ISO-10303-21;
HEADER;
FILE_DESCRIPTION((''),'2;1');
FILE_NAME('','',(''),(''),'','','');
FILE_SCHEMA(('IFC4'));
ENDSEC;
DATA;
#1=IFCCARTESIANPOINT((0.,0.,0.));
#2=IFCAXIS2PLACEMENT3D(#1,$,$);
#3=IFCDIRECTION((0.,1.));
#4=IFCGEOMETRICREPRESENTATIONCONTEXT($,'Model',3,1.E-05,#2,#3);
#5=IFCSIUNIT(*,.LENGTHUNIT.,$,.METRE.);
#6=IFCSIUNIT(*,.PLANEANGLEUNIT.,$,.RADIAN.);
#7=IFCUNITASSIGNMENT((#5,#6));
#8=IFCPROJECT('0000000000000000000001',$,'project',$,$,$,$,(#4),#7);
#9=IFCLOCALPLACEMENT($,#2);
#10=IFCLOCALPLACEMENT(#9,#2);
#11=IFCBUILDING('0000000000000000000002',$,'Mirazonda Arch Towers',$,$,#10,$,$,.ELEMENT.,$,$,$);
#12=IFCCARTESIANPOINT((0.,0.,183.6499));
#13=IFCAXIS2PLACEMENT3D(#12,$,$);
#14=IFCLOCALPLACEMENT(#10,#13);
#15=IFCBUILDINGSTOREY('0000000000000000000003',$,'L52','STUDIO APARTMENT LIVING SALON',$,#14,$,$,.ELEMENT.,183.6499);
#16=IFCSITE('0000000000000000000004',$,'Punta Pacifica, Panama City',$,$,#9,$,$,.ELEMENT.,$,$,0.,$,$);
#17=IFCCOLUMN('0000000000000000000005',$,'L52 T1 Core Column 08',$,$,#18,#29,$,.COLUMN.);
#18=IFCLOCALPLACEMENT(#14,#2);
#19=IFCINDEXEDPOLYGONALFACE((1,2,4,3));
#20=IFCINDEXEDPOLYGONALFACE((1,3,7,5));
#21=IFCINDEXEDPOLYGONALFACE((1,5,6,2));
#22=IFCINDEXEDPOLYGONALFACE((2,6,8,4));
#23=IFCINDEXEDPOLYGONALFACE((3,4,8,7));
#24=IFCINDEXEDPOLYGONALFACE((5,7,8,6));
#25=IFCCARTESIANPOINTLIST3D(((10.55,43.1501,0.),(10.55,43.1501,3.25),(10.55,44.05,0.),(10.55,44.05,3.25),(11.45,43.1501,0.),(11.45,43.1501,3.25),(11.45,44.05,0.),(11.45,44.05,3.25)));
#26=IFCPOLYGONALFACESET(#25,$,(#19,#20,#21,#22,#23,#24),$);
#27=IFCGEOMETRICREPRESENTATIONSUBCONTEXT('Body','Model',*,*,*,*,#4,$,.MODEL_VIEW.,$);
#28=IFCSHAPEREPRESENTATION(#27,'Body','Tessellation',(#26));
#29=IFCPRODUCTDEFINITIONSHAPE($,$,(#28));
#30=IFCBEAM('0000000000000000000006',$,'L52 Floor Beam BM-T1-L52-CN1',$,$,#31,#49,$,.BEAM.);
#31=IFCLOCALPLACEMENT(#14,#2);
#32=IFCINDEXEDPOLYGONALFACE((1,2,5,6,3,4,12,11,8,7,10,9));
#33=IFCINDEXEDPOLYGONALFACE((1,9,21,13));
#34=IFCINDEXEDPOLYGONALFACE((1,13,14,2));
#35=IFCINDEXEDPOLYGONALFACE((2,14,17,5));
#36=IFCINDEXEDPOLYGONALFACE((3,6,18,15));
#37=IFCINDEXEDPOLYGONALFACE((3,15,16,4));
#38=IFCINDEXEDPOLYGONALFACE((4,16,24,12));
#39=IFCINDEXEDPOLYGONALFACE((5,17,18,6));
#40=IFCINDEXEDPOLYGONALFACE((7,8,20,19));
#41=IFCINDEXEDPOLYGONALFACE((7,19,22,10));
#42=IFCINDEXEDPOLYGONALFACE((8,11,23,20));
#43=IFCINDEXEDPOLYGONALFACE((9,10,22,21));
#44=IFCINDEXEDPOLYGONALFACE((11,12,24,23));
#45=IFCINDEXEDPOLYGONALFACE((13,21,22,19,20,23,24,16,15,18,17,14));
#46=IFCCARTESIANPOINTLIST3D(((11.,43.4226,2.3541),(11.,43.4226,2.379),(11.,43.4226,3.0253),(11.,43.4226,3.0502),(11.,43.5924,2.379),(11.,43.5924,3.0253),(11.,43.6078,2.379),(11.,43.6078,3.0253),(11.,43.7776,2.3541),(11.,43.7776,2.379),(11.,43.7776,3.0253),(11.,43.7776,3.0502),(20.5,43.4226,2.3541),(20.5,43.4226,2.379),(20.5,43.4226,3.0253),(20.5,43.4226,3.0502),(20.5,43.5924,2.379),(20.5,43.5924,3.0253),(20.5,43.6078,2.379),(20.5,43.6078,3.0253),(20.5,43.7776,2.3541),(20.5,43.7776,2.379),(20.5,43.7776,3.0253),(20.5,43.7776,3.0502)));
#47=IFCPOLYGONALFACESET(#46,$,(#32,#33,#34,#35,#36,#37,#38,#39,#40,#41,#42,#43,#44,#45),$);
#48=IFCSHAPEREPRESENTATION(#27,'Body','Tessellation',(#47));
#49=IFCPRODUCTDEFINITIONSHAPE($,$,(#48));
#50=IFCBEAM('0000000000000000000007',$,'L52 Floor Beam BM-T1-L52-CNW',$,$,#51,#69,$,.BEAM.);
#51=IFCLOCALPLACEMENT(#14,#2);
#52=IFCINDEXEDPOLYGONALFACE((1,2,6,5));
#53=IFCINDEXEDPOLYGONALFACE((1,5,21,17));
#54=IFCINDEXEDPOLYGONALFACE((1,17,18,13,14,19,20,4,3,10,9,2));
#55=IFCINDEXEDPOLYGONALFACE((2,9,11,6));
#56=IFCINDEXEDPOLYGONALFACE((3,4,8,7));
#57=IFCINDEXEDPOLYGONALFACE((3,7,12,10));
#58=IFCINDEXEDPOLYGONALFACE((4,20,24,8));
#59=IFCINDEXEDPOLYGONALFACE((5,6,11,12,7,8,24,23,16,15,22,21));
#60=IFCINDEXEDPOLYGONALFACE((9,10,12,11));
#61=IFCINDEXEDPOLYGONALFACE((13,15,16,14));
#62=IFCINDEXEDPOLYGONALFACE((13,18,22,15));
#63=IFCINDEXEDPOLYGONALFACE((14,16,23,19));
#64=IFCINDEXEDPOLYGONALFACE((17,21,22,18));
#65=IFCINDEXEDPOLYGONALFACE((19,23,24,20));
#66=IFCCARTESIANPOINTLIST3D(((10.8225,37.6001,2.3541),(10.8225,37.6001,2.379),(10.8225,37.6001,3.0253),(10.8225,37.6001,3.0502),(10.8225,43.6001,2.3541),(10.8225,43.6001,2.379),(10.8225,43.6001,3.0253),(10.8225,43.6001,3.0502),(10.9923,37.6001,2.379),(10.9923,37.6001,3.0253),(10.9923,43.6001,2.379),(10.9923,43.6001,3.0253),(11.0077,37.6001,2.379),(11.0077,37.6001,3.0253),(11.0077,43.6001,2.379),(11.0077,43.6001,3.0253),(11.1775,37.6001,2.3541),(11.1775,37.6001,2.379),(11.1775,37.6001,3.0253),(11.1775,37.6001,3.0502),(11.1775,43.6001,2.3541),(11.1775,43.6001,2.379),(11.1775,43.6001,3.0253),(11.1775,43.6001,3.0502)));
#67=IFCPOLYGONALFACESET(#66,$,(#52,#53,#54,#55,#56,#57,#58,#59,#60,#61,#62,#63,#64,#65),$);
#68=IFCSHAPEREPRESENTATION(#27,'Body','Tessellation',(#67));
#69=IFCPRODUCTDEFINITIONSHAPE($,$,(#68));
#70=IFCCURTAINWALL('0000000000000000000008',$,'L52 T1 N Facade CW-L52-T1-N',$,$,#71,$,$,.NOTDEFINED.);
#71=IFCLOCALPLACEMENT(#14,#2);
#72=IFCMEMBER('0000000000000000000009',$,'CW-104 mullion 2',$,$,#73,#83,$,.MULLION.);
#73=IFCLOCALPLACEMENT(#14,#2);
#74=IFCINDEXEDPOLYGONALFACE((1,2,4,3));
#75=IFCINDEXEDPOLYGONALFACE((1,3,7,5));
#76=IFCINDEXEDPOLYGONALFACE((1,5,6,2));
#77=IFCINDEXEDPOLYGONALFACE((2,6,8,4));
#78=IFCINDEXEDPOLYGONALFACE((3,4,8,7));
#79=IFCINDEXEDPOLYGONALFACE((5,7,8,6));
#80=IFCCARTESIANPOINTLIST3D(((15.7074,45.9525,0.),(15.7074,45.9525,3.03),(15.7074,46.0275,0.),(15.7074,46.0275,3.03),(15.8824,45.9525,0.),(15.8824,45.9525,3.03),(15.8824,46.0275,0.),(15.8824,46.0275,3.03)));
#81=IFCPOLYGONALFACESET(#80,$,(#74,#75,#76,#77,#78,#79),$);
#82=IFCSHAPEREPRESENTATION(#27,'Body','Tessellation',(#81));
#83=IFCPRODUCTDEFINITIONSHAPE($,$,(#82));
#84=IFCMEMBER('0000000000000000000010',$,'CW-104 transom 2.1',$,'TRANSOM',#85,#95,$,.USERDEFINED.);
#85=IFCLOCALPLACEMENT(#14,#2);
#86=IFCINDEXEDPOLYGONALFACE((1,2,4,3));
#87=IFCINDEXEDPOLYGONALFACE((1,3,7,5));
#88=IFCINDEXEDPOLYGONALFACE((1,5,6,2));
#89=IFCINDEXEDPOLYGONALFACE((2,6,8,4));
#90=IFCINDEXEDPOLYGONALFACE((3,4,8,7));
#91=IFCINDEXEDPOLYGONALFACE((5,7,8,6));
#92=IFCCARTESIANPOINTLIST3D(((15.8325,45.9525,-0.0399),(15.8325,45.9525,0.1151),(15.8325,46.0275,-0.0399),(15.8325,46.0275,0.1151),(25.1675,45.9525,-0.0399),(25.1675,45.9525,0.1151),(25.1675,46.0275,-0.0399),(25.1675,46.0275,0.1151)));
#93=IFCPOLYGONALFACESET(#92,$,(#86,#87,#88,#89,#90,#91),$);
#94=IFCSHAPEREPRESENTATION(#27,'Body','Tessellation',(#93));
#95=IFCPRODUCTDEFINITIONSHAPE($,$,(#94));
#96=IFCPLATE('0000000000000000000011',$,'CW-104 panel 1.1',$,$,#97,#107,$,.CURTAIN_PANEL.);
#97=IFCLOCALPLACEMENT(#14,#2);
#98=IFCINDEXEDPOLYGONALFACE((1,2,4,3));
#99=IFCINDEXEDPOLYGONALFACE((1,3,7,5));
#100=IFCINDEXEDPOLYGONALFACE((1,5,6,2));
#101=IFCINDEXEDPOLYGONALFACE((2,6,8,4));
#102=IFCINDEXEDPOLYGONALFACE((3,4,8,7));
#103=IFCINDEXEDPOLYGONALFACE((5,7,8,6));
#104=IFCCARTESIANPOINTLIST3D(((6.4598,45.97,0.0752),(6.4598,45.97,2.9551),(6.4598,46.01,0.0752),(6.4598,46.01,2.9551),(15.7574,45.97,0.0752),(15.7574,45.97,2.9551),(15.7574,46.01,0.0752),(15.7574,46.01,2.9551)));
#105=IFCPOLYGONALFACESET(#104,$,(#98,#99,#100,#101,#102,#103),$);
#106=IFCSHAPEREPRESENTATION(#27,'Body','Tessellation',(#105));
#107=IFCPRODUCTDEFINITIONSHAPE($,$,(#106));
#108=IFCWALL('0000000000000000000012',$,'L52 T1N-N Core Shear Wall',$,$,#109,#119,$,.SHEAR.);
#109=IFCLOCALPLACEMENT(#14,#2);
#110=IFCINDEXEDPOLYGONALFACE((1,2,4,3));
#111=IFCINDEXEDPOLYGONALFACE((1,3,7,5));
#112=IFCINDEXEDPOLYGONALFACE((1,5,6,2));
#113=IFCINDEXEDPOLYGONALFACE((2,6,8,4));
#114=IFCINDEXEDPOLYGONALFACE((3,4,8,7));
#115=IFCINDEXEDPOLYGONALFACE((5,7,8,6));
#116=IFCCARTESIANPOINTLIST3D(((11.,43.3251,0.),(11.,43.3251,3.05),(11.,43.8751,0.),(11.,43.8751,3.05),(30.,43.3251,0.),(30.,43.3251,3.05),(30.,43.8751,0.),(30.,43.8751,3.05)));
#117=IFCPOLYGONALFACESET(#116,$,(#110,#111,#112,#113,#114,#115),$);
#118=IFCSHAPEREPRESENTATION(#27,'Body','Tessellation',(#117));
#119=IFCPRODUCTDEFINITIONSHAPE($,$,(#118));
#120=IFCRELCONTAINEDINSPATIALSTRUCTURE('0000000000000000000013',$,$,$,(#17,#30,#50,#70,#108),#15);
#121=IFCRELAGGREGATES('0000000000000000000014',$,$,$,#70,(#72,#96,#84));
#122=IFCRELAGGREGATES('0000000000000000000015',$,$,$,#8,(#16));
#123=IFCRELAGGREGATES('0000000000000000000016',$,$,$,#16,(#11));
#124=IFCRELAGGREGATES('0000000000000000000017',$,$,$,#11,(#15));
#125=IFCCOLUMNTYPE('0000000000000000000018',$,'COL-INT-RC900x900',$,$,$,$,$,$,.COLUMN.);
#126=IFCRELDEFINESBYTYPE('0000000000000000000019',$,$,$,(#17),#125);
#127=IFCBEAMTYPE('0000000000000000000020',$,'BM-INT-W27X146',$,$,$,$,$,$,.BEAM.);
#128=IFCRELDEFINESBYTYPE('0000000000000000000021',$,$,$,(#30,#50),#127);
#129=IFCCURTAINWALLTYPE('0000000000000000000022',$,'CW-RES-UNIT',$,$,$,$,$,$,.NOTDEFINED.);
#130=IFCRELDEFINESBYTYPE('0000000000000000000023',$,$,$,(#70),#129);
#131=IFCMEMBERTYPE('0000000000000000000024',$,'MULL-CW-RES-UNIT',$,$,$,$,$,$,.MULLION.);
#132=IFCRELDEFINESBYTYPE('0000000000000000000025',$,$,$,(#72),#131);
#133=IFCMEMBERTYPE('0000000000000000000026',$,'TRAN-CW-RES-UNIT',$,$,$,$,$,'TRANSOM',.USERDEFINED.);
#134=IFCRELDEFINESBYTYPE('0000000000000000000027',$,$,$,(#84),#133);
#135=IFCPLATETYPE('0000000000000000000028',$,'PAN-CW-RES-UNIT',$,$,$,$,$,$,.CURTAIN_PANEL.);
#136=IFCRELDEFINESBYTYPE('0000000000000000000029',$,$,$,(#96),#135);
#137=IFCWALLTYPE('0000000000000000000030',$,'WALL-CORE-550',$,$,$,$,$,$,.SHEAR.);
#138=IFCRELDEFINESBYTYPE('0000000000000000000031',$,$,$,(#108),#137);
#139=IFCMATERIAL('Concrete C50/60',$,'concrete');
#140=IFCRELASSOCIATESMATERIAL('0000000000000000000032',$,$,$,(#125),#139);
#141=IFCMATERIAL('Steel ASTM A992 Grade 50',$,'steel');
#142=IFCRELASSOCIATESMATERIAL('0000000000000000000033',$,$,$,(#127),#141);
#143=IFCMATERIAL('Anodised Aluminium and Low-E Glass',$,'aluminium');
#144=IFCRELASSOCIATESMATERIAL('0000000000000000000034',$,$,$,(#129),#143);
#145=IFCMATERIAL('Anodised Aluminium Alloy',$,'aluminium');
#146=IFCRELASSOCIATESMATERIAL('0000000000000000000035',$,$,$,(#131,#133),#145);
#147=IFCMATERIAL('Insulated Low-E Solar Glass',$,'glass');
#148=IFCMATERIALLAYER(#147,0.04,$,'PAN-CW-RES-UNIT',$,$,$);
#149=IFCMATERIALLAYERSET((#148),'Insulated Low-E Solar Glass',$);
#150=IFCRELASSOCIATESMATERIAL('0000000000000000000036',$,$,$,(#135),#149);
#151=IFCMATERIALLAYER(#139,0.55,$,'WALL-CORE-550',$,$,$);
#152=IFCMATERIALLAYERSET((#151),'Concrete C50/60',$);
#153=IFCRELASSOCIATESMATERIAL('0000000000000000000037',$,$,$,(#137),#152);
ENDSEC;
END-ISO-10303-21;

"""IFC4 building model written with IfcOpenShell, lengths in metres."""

from ifc_helpers import new_model, si_unit, direction, frame, frame_2d, origin, origin_2d, place, context, subcontext, project, spatial, rectangle, i_section, extrude, material, layer, layer_set, material_profile, profile_set, type_object, element, aggregate, save


model = new_model("IFC4")

# Units and contexts
model_context = context("Model", 3, precision=1e-05, world=origin(), true_north=direction((0.0, 1.0)))
body_context = subcontext(model_context, "Body", "Model", "MODEL_VIEW")
ifc_project = project(units=[si_unit("LENGTHUNIT", "METRE"), si_unit("PLANEANGLEUNIT", "RADIAN")], contexts=[model_context])

# Site, building, storey
site_placement = place(None, origin())
site = spatial("IfcSite", under=ifc_project, at=site_placement, Name="Punta Pacifica, Panama City", CompositionType="ELEMENT", RefElevation=0.0)
building_placement = place(site_placement, origin())
building = spatial("IfcBuilding", under=site, at=building_placement, Name="Mirazonda Arch Towers", CompositionType="ELEMENT")
storey_placement = place(building_placement, frame((0.0, 0.0, 183.6499)))
storey = spatial("IfcBuildingStorey", under=building, at=storey_placement, Name="L52", Description="STUDIO APARTMENT LIVING SALON", CompositionType="ELEMENT", Elevation=183.6499)

# Column
ifc_material_1 = material(Name="Concrete C50/60", Category="concrete")
ifc_material_profile_1 = material_profile(ifc_material_1, rectangle(XDim=0.8999, YDim=0.8999, at=origin_2d()), Name="RC900x900")
ifc_profile_set_1 = profile_set([ifc_material_profile_1], Name="Concrete C50/60")
column_type = type_object("IfcColumnType", Name="COL-INT-RC900x900", PredefinedType="COLUMN", material=ifc_profile_set_1)
column_placement = place(storey_placement, frame((11.0, 43.6001, 0.0), z_axis=(0.0, 0.0, 1.0), x_axis=(1.0, 0.0, 0.0)))
element("IfcColumn", 1, at=column_placement, inside=storey, type_object=column_type, Name="L52 T1 Core Column 08", PredefinedType="COLUMN", context=body_context, shape_type="SweptSolid", body=[
    extrude(rectangle(XDim=0.8999, YDim=0.8999, at=origin_2d()), origin(), (0.0, 0.0, 1.0), 3.25),
])

# Beams
ifc_material_2 = material(Name="Steel ASTM A992 Grade 50", Category="steel")
ifc_material_profile_2 = material_profile(ifc_material_2, i_section(OverallWidth=0.355, OverallDepth=0.696, WebThickness=0.0154, FlangeThickness=0.0249, at=origin_2d()), Name="W27X146")
ifc_profile_set_2 = profile_set([ifc_material_profile_2], Name="Steel ASTM A992 Grade 50")
beam_type = type_object("IfcBeamType", Name="BM-INT-W27X146", PredefinedType="BEAM", material=ifc_profile_set_2)
beam_1_placement = place(storey_placement, frame((11.0, 43.6001, 2.7021), z_axis=(1.0, 0.0, 0.0), x_axis=(0.0, 1.0, 0.0)))
element("IfcBeam", 2, at=beam_1_placement, inside=storey, type_object=beam_type, Name="L52 Floor Beam BM-T1-L52-CN1", PredefinedType="BEAM", context=body_context, shape_type="SweptSolid", body=[
    extrude(i_section(OverallWidth=0.355, OverallDepth=0.696, WebThickness=0.0154, FlangeThickness=0.0249, at=origin_2d()), origin(), (0.0, 0.0, 1.0), 9.5),
])
beam_2_placement = place(storey_placement, frame((11.0, 37.6001, 2.7021), z_axis=(0.0, 1.0, 0.0), x_axis=(-1.0, 0.0, 0.0)))
element("IfcBeam", 3, at=beam_2_placement, inside=storey, type_object=beam_type, Name="L52 Floor Beam BM-T1-L52-CNW", PredefinedType="BEAM", context=body_context, shape_type="SweptSolid", body=[
    extrude(i_section(OverallWidth=0.355, OverallDepth=0.696, WebThickness=0.0154, FlangeThickness=0.0249, at=origin_2d()), origin(), (0.0, 0.0, 1.0), 6.0),
])

# Curtain wall, members, plate
ifc_material_3 = material(Name="Anodised Aluminium and Low-E Glass", Category="aluminium")
curtain_wall_type = type_object("IfcCurtainWallType", Name="CW-RES-UNIT", PredefinedType="NOTDEFINED", material=ifc_material_3)
curtain_wall_placement = place(storey_placement, origin())
curtain_wall = element("IfcCurtainWall", 4, at=curtain_wall_placement, inside=storey, type_object=curtain_wall_type, Name="L52 T1 N Facade CW-L52-T1-N", PredefinedType="NOTDEFINED")
ifc_material_4 = material(Name="Anodised Aluminium Alloy", Category="aluminium")
ifc_material_profile_3 = material_profile(ifc_material_4, rectangle(XDim=0.075, YDim=0.175, at=origin_2d()), Name="ALU-MULL-75x175")
ifc_profile_set_3 = profile_set([ifc_material_profile_3], Name="Anodised Aluminium Alloy")
member_type_1 = type_object("IfcMemberType", Name="MULL-CW-RES-UNIT", PredefinedType="MULLION", material=ifc_profile_set_3)
member_1_placement = place(storey_placement, frame((15.7949, 45.99, 0.0), z_axis=(0.0, 0.0, 1.0), x_axis=(0.0, 1.0, 0.0)))
member_1 = element("IfcMember", 5, at=member_1_placement, type_object=member_type_1, Name="CW-104 mullion 2", PredefinedType="MULLION", context=body_context, shape_type="SweptSolid", body=[
    extrude(rectangle(XDim=0.075, YDim=0.175, at=origin_2d()), origin(), (0.0, 0.0, 1.0), 3.03),
])
ifc_material_profile_4 = material_profile(ifc_material_4, rectangle(XDim=0.075, YDim=0.155, at=origin_2d()), Name="ALU-TRAN-75x155")
ifc_profile_set_4 = profile_set([ifc_material_profile_4], Name="Anodised Aluminium Alloy")
member_type_2 = type_object("IfcMemberType", Name="TRAN-CW-RES-UNIT", ElementType="TRANSOM", PredefinedType="USERDEFINED", material=ifc_profile_set_4)
member_2_placement = place(storey_placement, frame((15.8325, 45.99, 0.0376), z_axis=(1.0, 0.0, 0.0), x_axis=(0.0, 1.0, 0.0)))
member_2 = element("IfcMember", 6, at=member_2_placement, type_object=member_type_2, Name="CW-104 transom 2.1", ObjectType="TRANSOM", PredefinedType="USERDEFINED", context=body_context, shape_type="SweptSolid", body=[
    extrude(rectangle(XDim=0.075, YDim=0.155, at=origin_2d()), origin(), (0.0, 0.0, 1.0), 9.335),
])
ifc_material_5 = material(Name="Insulated Low-E Solar Glass", Category="glass")
ifc_layer_1 = layer(ifc_material_5, 0.04, Name="PAN-CW-RES-UNIT")
ifc_layer_set_1 = layer_set([ifc_layer_1], Name="Insulated Low-E Solar Glass")
plate_type = type_object("IfcPlateType", Name="PAN-CW-RES-UNIT", PredefinedType="CURTAIN_PANEL", material=ifc_layer_set_1)
plate_placement = place(storey_placement, frame((11.1086, 45.99, 0.0752), z_axis=(0.0, 0.0, 1.0), x_axis=(1.0, 0.0, 0.0)))
plate = element("IfcPlate", 7, at=plate_placement, type_object=plate_type, Name="CW-104 panel 1.1", PredefinedType="CURTAIN_PANEL", context=body_context, shape_type="SweptSolid", body=[
    extrude(rectangle(XDim=9.2976, YDim=0.04, at=origin_2d()), origin(), (0.0, 0.0, 1.0), 2.8799),
])
aggregate(curtain_wall, [member_1, plate, member_2])

# Wall
ifc_layer_2 = layer(ifc_material_1, 0.55, Name="WALL-CORE-550")
ifc_layer_set_2 = layer_set([ifc_layer_2], Name="Concrete C50/60")
wall_type_1 = type_object("IfcWallType", Name="WALL-CORE-550", PredefinedType="SHEAR", material=ifc_layer_set_2)
wall_1_placement = place(storey_placement, frame((11.0, 43.6001, 0.0), z_axis=(0.0, 0.0, 1.0), x_axis=(1.0, 0.0, 0.0)))
element("IfcWall", 8, at=wall_1_placement, inside=storey, type_object=wall_type_1, Name="L52 T1N-N Core Shear Wall", PredefinedType="SHEAR", context=body_context, shape_type="SweptSolid", body=[
    extrude(rectangle(XDim=19.0, YDim=0.55, at=frame_2d((9.5, 0.0))), origin(), (0.0, 0.0, 1.0), 3.05),
])

save(model, "model.ifc")
